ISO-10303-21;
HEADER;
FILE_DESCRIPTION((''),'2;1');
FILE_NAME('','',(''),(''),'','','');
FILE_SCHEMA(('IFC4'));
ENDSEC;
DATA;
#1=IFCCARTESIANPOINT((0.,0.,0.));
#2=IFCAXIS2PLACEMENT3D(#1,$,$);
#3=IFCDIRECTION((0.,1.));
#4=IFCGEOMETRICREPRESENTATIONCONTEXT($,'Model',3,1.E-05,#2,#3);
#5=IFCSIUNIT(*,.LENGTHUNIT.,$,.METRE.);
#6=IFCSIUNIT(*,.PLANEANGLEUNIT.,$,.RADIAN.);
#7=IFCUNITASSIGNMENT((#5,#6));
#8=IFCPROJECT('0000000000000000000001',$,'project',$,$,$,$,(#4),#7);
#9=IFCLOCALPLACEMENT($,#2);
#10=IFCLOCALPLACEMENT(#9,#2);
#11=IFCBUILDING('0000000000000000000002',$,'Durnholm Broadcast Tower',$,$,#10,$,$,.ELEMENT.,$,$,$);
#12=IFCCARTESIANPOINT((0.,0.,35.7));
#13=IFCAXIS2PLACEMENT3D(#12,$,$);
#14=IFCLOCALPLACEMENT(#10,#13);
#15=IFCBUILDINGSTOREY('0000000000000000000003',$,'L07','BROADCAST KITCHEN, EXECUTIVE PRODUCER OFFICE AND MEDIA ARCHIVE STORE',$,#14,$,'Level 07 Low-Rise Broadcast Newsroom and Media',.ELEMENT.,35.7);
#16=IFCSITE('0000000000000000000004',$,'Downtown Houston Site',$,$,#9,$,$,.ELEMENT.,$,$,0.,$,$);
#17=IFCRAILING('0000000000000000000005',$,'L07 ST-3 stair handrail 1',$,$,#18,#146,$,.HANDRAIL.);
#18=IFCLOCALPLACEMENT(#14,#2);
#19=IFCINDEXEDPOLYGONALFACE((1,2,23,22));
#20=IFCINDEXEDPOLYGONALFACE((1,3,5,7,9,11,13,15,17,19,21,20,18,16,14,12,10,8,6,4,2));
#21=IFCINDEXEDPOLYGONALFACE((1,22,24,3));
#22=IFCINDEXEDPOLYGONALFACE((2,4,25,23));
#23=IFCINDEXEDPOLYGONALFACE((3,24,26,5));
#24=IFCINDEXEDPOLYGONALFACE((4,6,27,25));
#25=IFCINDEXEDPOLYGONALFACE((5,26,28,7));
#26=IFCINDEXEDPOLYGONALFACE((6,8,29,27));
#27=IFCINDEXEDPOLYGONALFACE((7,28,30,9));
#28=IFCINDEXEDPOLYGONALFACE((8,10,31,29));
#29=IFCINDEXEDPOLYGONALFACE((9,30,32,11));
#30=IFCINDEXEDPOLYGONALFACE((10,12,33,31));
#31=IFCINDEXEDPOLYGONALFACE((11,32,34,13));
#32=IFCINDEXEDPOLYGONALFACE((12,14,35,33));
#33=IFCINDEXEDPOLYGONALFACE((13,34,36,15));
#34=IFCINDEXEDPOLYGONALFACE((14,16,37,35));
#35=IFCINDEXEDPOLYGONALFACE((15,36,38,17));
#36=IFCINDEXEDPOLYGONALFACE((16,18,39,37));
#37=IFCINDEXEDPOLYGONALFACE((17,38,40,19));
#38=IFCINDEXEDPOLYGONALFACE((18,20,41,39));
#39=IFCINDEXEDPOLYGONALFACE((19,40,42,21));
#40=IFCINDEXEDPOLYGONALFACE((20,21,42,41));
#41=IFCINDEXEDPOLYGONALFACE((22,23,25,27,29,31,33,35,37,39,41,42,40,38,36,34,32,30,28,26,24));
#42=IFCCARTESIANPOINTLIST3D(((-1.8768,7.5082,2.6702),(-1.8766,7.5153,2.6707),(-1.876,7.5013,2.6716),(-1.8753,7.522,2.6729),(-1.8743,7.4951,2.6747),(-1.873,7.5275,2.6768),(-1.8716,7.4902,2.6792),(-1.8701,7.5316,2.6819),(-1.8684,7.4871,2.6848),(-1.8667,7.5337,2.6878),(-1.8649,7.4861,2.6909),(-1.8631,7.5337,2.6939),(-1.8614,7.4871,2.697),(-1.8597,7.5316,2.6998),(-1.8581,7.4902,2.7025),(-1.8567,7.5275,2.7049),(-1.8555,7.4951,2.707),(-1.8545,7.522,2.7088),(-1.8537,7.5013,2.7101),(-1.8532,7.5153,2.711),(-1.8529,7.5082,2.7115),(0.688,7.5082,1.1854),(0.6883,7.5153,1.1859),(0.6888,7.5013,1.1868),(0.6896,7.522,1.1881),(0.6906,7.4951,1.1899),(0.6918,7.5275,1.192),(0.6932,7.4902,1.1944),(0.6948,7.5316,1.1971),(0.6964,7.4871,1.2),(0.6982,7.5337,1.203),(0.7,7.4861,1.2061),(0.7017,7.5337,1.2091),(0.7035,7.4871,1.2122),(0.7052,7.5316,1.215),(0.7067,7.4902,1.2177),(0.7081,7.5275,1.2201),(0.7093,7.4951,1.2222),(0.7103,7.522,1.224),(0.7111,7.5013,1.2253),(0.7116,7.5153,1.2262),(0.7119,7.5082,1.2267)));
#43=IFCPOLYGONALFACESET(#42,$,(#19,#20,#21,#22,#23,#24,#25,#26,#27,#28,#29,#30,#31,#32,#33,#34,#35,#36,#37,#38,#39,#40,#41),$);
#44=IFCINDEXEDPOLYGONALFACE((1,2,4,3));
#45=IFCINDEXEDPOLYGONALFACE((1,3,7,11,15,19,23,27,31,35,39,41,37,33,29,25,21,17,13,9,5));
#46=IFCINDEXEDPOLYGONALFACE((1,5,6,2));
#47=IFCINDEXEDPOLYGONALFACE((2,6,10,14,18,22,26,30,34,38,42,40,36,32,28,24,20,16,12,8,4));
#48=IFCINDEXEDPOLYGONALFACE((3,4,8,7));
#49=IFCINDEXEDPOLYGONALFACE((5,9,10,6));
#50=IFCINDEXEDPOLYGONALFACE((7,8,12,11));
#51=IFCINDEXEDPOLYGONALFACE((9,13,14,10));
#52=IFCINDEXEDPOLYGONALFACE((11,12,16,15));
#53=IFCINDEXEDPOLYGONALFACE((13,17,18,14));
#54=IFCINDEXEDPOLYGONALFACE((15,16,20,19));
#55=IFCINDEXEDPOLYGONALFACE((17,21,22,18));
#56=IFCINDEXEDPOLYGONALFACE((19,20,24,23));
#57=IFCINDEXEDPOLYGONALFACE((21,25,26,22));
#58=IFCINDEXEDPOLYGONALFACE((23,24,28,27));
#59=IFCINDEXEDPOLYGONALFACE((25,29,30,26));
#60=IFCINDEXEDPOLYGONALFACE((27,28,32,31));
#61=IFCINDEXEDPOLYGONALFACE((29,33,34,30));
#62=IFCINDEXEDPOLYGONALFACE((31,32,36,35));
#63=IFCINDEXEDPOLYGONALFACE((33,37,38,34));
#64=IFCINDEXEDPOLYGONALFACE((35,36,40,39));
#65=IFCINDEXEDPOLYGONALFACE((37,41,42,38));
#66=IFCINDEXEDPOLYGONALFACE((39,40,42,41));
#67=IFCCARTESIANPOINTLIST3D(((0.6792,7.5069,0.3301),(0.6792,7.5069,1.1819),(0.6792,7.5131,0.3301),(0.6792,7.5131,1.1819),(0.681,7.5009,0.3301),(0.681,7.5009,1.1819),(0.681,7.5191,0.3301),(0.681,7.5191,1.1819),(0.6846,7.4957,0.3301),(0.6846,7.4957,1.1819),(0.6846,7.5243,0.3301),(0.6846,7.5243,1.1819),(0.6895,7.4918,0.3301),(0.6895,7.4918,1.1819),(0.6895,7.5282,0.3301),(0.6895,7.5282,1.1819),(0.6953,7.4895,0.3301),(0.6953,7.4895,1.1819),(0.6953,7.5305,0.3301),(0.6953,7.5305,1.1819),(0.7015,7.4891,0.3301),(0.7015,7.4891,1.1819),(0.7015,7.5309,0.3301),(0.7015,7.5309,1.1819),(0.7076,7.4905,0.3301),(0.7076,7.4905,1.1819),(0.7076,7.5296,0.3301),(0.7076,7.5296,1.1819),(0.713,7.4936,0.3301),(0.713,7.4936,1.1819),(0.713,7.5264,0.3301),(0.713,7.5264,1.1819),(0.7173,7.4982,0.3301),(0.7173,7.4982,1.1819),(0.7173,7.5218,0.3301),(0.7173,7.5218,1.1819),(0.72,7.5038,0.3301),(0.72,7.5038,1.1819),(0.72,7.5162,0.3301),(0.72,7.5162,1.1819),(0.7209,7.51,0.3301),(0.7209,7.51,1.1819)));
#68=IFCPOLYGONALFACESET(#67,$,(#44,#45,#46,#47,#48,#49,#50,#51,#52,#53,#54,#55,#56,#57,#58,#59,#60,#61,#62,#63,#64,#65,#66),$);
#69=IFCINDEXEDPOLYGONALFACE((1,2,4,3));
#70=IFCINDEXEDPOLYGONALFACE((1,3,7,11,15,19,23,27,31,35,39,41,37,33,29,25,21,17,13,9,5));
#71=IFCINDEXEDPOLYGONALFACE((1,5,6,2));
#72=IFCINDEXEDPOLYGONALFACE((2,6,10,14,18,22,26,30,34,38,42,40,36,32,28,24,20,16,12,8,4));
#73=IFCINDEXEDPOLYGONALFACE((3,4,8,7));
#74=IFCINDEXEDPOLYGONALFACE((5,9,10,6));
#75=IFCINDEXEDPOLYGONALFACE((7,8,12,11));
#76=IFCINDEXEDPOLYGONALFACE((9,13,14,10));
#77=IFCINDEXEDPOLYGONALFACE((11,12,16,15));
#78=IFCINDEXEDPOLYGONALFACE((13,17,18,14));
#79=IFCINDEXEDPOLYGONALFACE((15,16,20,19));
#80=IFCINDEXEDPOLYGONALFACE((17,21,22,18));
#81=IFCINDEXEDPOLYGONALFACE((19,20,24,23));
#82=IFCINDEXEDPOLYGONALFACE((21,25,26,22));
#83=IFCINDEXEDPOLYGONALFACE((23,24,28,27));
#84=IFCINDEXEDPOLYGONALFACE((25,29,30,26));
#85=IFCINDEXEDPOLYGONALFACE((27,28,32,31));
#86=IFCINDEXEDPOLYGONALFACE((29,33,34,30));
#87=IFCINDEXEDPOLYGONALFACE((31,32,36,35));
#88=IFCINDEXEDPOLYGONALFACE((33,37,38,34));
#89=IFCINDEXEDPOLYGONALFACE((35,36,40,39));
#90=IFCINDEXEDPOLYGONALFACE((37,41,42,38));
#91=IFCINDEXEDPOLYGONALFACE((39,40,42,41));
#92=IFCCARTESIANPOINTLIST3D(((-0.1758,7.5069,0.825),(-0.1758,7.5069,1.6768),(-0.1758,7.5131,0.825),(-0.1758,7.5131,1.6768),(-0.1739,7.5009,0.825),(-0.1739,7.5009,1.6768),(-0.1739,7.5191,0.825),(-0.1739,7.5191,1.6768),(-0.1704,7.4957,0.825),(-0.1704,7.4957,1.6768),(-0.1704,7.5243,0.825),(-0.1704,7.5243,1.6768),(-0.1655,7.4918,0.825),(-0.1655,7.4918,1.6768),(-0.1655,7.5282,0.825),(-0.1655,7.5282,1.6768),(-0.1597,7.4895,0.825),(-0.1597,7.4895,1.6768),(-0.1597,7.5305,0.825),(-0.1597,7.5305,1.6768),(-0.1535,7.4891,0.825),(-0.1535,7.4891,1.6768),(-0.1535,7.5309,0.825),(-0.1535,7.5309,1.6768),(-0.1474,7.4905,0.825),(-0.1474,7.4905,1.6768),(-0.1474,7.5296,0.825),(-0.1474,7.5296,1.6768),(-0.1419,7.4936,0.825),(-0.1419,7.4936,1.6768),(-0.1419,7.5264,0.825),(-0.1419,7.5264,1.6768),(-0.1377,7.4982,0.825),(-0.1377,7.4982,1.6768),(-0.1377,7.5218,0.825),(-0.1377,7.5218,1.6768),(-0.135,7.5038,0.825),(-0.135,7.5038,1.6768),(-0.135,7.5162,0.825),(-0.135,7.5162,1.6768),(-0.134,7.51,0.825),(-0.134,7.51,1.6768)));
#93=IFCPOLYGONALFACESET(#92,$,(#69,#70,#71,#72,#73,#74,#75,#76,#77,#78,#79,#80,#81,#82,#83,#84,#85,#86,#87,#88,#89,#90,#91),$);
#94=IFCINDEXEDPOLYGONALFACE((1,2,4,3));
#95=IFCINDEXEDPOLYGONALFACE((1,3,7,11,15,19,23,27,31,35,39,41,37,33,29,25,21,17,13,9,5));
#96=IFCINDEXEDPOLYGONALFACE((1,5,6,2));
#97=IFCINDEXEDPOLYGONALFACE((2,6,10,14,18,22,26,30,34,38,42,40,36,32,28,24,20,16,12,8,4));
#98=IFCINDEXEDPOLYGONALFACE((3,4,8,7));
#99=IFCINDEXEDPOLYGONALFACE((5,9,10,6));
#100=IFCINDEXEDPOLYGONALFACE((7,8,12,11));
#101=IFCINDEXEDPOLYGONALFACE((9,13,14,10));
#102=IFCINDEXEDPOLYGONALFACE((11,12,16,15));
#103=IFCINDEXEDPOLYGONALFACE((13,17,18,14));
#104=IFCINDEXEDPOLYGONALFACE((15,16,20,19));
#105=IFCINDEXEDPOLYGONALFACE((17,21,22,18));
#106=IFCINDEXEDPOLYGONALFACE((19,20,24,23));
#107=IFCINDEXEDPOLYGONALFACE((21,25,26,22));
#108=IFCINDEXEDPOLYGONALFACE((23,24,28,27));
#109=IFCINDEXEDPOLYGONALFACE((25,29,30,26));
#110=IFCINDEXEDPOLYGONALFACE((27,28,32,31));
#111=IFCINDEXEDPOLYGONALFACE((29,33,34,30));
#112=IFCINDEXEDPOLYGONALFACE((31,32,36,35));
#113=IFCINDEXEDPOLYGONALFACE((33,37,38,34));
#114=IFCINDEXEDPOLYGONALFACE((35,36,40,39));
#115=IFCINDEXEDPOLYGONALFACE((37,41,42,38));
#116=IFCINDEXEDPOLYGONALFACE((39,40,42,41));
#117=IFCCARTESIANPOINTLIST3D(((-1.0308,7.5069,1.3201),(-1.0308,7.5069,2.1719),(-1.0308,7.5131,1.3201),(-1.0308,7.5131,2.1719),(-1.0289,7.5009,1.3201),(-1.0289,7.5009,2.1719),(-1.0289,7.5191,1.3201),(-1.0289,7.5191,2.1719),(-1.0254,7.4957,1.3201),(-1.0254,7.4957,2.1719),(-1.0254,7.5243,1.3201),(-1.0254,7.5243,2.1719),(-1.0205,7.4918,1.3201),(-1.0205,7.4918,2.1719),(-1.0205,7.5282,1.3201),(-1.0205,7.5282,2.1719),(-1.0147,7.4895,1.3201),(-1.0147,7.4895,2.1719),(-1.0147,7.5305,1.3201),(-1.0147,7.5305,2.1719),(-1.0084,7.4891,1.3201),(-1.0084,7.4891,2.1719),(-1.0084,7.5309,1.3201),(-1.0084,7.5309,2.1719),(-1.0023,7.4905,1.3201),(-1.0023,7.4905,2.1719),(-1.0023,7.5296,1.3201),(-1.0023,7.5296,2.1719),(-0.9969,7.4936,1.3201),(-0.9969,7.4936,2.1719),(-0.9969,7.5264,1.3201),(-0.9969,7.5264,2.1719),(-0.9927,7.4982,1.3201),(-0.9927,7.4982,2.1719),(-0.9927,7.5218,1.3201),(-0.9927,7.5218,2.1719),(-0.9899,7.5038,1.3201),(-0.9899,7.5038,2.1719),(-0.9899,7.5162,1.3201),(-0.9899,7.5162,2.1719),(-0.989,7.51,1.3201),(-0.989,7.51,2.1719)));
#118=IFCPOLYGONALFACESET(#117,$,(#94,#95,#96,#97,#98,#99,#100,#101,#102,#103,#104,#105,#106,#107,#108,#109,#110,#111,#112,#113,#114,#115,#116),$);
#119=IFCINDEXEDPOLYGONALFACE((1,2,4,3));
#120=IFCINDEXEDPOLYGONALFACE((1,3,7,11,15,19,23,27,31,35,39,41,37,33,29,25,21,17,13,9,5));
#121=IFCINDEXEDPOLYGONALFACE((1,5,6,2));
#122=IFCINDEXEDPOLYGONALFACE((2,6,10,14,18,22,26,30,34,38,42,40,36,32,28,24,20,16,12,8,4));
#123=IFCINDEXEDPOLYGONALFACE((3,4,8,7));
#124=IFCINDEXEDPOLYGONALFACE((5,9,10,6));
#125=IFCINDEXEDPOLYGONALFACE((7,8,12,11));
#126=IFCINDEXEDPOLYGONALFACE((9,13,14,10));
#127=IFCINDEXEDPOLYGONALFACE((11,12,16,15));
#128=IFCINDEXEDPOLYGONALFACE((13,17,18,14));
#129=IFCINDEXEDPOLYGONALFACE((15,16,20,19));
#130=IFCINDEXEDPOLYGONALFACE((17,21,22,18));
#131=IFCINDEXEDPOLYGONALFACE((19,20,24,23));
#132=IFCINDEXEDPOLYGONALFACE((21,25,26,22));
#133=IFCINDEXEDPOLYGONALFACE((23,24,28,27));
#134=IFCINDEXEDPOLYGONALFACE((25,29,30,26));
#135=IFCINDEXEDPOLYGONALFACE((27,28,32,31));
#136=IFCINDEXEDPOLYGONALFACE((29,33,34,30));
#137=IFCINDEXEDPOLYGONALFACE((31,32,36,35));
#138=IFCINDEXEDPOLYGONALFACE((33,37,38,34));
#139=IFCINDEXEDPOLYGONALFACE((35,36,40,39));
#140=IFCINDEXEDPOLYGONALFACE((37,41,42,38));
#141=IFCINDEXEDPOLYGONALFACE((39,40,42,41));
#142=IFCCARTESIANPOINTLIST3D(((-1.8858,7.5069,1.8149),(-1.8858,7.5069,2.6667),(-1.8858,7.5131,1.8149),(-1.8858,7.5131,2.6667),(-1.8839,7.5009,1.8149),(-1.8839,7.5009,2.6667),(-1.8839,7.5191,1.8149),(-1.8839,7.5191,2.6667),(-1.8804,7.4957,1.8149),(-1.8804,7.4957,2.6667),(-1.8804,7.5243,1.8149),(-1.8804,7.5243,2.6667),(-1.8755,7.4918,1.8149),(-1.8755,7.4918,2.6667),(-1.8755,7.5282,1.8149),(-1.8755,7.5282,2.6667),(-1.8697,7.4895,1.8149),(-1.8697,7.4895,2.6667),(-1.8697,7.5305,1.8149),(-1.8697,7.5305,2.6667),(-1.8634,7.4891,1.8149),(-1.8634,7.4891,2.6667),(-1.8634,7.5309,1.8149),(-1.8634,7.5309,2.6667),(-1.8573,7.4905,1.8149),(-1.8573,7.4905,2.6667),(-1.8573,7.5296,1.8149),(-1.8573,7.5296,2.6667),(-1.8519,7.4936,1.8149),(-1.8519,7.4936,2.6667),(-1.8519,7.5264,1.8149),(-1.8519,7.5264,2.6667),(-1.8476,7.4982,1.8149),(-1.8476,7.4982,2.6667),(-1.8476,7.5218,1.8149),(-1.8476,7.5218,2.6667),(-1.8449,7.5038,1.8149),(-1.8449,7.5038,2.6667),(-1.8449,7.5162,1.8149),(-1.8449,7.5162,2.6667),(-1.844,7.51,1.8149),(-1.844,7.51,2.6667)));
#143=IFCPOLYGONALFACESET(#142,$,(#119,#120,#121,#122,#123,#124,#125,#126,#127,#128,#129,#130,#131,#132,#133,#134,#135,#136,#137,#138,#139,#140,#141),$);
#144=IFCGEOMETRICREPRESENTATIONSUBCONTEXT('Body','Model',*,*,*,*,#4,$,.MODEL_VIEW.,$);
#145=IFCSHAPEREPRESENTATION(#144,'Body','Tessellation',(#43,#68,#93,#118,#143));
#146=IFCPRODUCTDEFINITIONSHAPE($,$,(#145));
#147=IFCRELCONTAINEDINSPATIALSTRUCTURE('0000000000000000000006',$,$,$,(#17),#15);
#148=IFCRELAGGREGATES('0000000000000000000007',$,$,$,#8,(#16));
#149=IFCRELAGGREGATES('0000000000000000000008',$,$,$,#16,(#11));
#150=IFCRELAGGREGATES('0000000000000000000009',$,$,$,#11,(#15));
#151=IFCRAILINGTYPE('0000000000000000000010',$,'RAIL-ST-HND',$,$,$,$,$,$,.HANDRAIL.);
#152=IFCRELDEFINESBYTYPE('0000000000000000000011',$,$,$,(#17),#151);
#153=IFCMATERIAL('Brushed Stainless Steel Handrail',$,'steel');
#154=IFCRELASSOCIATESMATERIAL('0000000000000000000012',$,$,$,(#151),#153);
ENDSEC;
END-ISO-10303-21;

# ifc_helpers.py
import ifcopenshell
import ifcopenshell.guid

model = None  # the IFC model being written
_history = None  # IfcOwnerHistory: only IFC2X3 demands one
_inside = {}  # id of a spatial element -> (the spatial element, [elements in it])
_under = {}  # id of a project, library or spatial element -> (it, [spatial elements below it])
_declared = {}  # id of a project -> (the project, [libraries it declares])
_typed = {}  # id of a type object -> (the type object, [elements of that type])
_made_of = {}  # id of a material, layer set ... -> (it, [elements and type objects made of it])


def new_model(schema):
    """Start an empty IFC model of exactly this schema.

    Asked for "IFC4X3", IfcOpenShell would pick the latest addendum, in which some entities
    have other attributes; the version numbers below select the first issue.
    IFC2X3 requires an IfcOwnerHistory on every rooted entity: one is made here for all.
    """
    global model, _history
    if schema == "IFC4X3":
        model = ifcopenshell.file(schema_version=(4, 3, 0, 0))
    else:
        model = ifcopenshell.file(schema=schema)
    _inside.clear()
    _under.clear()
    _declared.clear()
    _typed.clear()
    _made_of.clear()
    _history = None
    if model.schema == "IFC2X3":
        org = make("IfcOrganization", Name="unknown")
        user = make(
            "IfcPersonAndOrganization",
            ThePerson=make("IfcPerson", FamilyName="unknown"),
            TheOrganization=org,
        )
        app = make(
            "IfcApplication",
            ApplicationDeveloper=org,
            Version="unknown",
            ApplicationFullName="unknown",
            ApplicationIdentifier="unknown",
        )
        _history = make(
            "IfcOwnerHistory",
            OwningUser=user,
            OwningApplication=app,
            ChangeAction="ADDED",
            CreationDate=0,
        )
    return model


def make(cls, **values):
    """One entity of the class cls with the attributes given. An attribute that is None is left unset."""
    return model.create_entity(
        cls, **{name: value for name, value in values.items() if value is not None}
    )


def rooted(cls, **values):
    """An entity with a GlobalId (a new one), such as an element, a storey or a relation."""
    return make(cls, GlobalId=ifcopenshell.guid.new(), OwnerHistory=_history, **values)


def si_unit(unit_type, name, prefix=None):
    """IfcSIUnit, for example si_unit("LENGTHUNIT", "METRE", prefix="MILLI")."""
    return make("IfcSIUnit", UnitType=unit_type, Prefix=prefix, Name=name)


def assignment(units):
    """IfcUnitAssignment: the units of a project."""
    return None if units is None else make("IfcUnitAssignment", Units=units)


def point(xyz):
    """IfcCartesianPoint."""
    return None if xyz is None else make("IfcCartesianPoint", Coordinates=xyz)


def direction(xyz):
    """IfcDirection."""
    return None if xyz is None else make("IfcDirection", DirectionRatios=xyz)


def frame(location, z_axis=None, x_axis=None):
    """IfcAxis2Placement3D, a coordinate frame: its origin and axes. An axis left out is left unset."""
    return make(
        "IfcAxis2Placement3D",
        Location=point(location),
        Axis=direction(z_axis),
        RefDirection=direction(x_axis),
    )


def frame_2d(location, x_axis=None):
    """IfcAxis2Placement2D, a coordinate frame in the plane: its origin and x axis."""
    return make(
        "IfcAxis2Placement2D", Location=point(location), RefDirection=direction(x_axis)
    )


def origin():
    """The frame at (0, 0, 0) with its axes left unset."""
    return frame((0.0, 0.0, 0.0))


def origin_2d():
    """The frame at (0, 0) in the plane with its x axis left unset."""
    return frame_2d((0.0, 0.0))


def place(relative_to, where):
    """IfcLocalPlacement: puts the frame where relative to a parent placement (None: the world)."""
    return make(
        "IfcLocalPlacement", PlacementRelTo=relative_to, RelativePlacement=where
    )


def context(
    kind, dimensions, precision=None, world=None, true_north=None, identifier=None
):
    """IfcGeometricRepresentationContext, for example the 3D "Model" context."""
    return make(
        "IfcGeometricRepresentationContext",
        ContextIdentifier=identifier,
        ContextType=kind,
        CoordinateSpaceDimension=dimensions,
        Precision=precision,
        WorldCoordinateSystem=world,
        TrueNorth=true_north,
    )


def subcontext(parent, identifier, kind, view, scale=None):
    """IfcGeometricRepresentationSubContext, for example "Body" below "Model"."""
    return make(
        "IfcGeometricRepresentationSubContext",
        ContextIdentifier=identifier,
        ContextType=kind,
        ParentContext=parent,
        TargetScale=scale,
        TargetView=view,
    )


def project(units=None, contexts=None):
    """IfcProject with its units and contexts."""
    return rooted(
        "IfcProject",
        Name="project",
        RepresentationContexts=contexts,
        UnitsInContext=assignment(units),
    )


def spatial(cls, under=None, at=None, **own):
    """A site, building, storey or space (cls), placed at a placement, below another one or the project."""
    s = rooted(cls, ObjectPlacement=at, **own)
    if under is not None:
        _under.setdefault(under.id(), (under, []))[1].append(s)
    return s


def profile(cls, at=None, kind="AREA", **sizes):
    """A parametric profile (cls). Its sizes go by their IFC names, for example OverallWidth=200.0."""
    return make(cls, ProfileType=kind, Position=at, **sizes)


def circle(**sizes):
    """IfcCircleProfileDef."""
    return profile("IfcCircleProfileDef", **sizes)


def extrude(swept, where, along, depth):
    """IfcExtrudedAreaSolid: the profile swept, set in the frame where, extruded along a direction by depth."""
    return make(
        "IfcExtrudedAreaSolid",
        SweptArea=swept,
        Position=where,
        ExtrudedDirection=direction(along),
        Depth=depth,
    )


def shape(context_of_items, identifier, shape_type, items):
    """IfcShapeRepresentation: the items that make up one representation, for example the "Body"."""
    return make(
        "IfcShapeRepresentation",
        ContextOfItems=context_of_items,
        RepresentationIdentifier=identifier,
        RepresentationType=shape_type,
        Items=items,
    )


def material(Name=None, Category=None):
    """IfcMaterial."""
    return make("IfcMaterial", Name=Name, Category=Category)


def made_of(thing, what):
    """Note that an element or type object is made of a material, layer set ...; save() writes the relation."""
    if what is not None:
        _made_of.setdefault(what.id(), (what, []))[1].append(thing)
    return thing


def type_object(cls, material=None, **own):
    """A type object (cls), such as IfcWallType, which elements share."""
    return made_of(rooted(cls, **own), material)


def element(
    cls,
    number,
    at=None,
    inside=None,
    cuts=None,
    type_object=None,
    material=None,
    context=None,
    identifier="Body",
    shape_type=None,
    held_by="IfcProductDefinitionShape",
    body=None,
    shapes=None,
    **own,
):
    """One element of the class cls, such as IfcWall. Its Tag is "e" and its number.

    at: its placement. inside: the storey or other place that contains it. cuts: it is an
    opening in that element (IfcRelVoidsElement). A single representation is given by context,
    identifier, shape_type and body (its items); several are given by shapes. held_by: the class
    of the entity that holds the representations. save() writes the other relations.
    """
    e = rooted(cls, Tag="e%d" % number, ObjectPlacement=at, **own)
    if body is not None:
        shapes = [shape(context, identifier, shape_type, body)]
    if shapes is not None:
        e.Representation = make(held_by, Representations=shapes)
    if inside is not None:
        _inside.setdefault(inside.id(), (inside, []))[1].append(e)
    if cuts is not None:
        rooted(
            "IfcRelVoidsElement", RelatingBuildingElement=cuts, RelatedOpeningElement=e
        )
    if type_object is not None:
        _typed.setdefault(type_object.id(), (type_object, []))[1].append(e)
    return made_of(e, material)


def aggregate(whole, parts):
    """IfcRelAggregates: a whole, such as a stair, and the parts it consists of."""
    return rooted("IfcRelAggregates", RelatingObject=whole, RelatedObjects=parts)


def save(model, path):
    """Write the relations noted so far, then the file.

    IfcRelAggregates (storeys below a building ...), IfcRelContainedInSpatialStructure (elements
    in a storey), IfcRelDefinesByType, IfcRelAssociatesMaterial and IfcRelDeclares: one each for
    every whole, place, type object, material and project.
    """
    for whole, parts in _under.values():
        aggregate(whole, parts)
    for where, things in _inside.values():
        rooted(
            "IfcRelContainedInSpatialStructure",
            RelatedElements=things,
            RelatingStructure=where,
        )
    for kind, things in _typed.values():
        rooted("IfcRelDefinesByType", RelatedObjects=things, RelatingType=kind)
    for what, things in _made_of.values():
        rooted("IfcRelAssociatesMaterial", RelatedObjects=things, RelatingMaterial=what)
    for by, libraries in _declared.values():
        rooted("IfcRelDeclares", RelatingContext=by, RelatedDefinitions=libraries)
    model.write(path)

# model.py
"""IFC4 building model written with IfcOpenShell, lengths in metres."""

from ifc_helpers import new_model, si_unit, direction, frame, origin, origin_2d, place, context, subcontext, project, spatial, circle, extrude, material, type_object, element, save


model = new_model("IFC4")

# Units and contexts
model_context = context("Model", 3, precision=1e-05, world=origin(), true_north=direction((0.0, 1.0)))
body_context = subcontext(model_context, "Body", "Model", "MODEL_VIEW")
ifc_project = project(units=[si_unit("LENGTHUNIT", "METRE"), si_unit("PLANEANGLEUNIT", "RADIAN")], contexts=[model_context])

# Site, building, storey
site_placement = place(None, origin())
site = spatial("IfcSite", under=ifc_project, at=site_placement, Name="Downtown Houston Site", CompositionType="ELEMENT", RefElevation=0.0)
building_placement = place(site_placement, origin())
building = spatial("IfcBuilding", under=site, at=building_placement, Name="Durnholm Broadcast Tower", CompositionType="ELEMENT")
storey_placement = place(building_placement, frame((0.0, 0.0, 35.7)))
storey = spatial("IfcBuildingStorey", under=building, at=storey_placement, Name="L07", Description="BROADCAST KITCHEN, EXECUTIVE PRODUCER OFFICE AND MEDIA ARCHIVE STORE", LongName="Level 07 Low-Rise Broadcast Newsroom and Media", CompositionType="ELEMENT", Elevation=35.7)

# Railing
ifc_material_1 = material(Name="Brushed Stainless Steel Handrail", Category="steel")
railing_type_1 = type_object("IfcRailingType", Name="RAIL-ST-HND", PredefinedType="HANDRAIL", material=ifc_material_1)
railing_1_placement = place(storey_placement, frame((0.7, 7.51, 0.3301)))
element("IfcRailing", 1, at=railing_1_placement, inside=storey, type_object=railing_type_1, Name="L07 ST-3 stair handrail 1", PredefinedType="HANDRAIL", context=body_context, shape_type="SweptSolid", body=[
    extrude(circle(Radius=0.0239, at=origin_2d()), frame((0.0, 0.0, 0.876), z_axis=(-0.865441, 0.0, 0.50101), x_axis=(0.0, -1.0, 0.0)), (0.0, 0.0, 1.0), 2.9636),
    extrude(circle(Radius=0.021, at=origin_2d()), origin(), (0.0, 0.0, 1.0), 0.8518),
    extrude(circle(Radius=0.021, at=origin_2d()), frame((-0.855, 0.0, 0.4949)), (0.0, 0.0, 1.0), 0.8518),
    extrude(circle(Radius=0.021, at=origin_2d()), frame((-1.71, 0.0, 0.99)), (0.0, 0.0, 1.0), 0.8518),
    extrude(circle(Radius=0.021, at=origin_2d()), frame((-2.5649, 0.0, 1.4849)), (0.0, 0.0, 1.0), 0.8518),
])

save(model, "model.ifc")
